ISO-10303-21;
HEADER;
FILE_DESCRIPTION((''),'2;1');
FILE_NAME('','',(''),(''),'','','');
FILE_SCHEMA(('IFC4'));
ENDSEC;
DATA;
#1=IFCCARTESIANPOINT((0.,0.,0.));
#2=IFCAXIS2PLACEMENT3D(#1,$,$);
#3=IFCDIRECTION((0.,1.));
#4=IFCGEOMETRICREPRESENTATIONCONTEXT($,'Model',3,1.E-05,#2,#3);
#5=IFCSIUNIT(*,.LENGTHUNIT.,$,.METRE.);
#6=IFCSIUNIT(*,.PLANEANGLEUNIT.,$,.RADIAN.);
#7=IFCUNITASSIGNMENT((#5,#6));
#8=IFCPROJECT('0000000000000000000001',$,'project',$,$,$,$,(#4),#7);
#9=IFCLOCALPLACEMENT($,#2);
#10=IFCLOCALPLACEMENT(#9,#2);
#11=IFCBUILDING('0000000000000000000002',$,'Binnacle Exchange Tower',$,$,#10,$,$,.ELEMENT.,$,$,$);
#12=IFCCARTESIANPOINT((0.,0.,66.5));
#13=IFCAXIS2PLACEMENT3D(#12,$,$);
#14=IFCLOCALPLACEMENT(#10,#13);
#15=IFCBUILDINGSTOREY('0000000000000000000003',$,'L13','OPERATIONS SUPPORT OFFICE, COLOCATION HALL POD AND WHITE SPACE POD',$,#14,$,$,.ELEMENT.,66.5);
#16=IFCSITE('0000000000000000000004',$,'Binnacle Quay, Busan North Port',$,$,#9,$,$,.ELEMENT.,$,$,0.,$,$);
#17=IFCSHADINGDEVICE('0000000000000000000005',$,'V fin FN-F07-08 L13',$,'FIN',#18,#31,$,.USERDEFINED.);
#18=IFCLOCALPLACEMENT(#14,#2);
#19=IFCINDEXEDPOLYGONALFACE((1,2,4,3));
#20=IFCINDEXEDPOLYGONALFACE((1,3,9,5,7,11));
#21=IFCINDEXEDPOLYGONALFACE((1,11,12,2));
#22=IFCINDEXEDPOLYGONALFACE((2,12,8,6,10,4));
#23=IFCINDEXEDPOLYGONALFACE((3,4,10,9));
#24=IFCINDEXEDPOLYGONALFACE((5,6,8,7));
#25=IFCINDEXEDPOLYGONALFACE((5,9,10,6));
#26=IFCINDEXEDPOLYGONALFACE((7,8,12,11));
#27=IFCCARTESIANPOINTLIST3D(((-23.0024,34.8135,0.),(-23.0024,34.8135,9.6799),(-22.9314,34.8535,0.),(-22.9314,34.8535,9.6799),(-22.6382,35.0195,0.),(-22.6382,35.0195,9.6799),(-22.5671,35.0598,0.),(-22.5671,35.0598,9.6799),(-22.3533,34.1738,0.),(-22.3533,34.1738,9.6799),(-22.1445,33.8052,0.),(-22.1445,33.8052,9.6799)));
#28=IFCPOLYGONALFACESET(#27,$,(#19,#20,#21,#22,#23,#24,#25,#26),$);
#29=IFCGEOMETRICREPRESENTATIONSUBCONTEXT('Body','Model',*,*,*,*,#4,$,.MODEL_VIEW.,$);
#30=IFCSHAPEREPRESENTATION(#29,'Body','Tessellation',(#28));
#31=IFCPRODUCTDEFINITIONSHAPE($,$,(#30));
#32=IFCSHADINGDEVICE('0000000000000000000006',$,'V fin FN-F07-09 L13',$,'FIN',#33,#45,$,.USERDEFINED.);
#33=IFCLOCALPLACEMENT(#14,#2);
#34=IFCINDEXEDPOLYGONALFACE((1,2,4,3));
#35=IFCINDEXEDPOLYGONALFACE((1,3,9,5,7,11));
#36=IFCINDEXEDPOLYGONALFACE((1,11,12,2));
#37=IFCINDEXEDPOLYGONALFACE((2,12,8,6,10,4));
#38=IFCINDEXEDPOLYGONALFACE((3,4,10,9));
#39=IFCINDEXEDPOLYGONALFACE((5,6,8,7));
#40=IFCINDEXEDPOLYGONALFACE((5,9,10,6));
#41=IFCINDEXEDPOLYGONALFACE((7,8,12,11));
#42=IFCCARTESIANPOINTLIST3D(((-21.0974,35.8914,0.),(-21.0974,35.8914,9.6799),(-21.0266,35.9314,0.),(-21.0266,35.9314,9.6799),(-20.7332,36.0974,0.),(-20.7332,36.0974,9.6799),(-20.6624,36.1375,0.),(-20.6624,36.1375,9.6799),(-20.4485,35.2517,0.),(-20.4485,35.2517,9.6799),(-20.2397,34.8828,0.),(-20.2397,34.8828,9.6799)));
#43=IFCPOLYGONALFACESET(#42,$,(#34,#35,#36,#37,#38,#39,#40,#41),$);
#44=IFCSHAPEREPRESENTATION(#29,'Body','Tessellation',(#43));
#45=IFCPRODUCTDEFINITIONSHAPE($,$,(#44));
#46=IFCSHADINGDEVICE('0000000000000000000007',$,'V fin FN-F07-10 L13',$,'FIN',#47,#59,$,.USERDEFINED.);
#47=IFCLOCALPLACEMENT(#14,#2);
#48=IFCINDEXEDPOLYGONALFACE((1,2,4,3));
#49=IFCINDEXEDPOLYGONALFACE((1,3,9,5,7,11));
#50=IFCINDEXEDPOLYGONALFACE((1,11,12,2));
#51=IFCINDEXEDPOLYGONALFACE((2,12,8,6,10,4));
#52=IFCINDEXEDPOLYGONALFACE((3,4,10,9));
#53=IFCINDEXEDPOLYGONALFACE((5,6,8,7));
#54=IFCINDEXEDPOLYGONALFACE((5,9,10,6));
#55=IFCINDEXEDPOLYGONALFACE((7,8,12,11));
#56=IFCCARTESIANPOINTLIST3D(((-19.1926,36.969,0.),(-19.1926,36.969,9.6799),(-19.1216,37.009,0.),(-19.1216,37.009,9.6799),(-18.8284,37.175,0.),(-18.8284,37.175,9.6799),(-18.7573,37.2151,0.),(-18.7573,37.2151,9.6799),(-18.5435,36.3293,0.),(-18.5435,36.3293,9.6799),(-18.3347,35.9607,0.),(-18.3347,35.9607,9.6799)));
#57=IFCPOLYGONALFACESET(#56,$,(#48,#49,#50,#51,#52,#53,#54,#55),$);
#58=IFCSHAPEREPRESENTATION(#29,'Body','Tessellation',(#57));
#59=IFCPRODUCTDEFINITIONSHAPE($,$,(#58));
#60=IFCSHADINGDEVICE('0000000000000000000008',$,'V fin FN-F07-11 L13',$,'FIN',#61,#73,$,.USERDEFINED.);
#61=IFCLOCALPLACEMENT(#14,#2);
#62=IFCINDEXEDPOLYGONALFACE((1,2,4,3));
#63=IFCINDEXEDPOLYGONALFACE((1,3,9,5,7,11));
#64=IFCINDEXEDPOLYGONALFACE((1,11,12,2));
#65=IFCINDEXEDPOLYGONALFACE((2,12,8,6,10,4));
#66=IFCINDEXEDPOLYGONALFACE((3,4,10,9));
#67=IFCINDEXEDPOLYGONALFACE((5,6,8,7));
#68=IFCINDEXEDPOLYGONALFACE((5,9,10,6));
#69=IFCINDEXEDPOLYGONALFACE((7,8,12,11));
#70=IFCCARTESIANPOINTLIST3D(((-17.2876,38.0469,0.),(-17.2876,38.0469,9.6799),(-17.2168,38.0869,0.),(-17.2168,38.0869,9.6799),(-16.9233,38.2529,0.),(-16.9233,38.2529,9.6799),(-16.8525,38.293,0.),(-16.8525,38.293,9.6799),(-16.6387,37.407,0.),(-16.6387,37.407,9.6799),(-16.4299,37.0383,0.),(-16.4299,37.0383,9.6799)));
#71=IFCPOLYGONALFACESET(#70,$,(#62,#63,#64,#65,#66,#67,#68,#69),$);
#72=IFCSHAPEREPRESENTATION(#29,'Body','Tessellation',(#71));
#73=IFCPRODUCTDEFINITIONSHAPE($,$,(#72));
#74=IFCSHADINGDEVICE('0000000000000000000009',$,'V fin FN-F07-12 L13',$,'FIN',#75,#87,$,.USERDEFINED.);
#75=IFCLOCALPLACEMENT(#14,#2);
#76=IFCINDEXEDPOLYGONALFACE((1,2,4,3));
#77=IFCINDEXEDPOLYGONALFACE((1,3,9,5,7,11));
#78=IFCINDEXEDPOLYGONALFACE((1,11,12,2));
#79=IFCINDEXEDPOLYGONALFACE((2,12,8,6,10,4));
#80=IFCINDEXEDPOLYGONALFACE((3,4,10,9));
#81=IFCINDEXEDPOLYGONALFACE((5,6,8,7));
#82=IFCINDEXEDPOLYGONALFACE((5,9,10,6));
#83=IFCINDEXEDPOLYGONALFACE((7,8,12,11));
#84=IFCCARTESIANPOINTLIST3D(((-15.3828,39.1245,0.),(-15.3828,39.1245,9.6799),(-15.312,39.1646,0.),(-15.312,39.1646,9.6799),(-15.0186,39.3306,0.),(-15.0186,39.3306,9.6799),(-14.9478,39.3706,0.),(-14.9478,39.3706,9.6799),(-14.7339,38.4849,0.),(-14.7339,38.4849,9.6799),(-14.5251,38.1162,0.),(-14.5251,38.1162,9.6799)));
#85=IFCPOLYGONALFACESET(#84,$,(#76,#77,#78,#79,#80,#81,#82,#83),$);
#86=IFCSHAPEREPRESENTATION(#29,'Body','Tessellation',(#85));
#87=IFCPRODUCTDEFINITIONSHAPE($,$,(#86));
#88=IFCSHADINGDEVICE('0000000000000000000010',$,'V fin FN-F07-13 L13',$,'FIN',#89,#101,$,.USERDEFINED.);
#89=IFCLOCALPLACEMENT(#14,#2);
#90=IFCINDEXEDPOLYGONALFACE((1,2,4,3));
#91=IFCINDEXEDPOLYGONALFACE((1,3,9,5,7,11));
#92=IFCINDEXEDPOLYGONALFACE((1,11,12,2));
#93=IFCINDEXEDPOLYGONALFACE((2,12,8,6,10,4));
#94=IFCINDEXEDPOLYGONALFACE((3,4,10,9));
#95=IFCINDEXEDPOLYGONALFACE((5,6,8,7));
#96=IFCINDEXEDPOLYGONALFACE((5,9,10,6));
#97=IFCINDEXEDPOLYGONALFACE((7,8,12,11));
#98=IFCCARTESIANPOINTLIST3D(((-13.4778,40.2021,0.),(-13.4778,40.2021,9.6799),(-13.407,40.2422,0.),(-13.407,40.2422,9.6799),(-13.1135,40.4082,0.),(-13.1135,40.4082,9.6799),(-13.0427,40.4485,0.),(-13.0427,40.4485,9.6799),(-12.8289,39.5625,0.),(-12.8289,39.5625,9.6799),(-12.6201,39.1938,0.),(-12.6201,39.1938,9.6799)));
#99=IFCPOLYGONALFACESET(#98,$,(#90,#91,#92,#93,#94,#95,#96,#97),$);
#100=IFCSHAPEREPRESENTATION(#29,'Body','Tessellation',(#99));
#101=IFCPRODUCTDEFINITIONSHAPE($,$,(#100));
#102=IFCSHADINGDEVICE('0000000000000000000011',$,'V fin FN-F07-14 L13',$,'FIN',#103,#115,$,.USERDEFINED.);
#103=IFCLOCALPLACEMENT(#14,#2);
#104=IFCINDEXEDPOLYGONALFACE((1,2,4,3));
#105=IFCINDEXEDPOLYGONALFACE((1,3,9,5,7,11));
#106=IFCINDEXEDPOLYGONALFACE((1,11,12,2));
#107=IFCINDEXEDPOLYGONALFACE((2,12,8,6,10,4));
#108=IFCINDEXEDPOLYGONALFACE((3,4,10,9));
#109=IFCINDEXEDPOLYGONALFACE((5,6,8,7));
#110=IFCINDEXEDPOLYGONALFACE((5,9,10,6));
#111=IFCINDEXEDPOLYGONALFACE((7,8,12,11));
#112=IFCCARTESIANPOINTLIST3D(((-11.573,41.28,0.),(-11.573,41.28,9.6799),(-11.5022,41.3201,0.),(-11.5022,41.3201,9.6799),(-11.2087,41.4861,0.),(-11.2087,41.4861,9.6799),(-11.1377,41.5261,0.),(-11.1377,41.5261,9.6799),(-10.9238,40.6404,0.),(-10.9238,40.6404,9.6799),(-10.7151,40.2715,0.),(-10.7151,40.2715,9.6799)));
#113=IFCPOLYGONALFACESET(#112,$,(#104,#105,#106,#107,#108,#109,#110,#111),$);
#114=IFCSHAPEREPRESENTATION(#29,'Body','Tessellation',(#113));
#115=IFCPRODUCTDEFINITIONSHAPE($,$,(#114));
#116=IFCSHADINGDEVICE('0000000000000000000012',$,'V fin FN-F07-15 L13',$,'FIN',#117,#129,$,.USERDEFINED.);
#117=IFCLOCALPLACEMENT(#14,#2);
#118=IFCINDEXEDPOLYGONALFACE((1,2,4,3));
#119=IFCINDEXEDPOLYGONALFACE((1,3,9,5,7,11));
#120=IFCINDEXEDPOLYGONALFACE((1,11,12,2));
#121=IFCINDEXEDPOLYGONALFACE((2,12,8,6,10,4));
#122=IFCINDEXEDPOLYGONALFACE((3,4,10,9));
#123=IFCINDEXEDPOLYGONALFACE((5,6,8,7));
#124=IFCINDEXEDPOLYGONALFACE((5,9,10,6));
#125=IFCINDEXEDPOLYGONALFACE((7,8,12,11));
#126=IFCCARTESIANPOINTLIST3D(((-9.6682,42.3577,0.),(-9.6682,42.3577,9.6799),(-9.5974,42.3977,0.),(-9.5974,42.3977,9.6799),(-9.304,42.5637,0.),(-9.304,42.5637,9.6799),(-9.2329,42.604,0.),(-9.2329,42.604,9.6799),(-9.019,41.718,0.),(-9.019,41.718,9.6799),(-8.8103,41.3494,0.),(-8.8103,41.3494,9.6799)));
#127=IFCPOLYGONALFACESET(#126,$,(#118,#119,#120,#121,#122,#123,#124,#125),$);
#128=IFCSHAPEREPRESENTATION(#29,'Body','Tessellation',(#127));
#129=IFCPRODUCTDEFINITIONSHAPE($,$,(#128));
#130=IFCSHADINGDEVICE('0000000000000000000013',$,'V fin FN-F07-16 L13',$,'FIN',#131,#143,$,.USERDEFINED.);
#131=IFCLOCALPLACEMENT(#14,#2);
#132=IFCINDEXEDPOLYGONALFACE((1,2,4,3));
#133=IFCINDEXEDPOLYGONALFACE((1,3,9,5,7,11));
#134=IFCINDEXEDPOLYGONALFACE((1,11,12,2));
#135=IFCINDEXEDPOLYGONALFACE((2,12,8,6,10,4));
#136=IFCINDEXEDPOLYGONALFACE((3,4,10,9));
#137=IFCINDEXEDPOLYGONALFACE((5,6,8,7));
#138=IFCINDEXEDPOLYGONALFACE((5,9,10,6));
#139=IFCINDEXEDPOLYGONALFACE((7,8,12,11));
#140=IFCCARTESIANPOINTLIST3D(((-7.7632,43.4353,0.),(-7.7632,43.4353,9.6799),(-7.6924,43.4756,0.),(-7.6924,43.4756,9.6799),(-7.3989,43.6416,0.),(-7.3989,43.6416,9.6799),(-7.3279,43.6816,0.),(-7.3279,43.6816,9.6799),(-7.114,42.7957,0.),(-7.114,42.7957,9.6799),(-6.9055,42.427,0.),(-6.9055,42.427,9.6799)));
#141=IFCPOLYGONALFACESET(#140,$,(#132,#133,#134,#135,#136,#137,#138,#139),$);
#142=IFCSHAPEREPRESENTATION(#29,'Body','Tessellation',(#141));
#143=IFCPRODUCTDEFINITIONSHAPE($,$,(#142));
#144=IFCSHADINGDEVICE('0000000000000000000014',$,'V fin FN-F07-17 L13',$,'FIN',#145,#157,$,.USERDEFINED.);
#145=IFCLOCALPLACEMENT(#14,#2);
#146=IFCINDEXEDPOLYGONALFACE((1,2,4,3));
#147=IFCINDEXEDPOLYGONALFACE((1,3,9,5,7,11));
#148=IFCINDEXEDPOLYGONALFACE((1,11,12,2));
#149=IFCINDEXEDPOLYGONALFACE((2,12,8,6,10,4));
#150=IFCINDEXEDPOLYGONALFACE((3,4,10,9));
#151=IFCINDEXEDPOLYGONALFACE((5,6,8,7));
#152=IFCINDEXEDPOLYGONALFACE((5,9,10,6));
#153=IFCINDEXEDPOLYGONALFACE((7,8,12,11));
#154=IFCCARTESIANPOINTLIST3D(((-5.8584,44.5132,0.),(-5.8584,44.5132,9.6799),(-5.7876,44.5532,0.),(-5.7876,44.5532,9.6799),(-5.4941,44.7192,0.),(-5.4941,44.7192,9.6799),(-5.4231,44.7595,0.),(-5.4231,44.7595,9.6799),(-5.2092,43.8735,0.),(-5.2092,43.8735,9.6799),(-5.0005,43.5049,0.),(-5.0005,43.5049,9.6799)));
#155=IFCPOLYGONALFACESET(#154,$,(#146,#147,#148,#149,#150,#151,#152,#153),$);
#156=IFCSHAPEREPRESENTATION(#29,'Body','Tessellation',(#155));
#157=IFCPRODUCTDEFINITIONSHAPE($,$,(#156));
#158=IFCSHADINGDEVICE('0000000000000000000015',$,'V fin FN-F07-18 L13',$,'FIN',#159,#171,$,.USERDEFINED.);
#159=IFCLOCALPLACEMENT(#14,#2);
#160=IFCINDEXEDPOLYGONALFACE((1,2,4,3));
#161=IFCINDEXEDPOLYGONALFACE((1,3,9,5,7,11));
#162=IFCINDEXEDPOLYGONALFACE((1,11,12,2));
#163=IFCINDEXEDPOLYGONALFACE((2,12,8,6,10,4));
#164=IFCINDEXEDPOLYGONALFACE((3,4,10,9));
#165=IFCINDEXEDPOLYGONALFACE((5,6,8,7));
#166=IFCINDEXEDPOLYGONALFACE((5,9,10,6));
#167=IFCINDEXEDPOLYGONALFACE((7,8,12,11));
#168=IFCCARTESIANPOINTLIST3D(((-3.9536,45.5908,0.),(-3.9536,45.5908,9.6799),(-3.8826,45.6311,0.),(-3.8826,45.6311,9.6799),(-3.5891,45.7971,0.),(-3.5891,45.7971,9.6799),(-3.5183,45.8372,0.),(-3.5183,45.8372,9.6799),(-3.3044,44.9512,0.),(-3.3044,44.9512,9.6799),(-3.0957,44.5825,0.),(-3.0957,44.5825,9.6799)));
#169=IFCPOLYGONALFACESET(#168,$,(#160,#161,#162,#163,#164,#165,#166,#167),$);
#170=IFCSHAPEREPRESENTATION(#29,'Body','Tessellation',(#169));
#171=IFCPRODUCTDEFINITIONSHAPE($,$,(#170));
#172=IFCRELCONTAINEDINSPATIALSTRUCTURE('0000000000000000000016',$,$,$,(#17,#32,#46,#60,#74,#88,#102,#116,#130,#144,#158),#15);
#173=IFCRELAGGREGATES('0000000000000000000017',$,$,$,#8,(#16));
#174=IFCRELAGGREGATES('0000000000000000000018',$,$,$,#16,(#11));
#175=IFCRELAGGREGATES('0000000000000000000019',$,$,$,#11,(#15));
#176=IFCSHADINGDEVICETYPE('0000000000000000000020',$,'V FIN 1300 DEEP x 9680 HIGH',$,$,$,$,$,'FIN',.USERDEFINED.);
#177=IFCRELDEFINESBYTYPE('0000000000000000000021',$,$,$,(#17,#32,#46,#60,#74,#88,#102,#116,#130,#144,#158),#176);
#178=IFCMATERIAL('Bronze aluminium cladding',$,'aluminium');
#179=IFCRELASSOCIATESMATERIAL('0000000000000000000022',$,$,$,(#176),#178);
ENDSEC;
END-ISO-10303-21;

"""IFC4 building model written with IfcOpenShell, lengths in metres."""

from ifc_helpers import new_model, si_unit, direction, frame, origin, place, context, subcontext, project, spatial, polyline, outline, extrude, material, type_object, element, save


model = new_model("IFC4")

# Units and contexts
model_context = context("Model", 3, precision=1e-05, world=origin(), true_north=direction((0.0, 1.0)))
body_context = subcontext(model_context, "Body", "Model", "MODEL_VIEW")
ifc_project = project(units=[si_unit("LENGTHUNIT", "METRE"), si_unit("PLANEANGLEUNIT", "RADIAN")], contexts=[model_context])

# Site, building, storey
site_placement = place(None, origin())
site = spatial("IfcSite", under=ifc_project, at=site_placement, Name="Binnacle Quay, Busan North Port", CompositionType="ELEMENT", RefElevation=0.0)
building_placement = place(site_placement, origin())
building = spatial("IfcBuilding", under=site, at=building_placement, Name="Binnacle Exchange Tower", CompositionType="ELEMENT")
storey_placement = place(building_placement, frame((0.0, 0.0, 66.5)))
storey = spatial("IfcBuildingStorey", under=building, at=storey_placement, Name="L13", Description="OPERATIONS SUPPORT OFFICE, COLOCATION HALL POD AND WHITE SPACE POD", CompositionType="ELEMENT", Elevation=66.5)

# Shading devices
ifc_material = material(Name="Bronze aluminium cladding", Category="aluminium")
shading_device_type = type_object("IfcShadingDeviceType", Name="V FIN 1300 DEEP x 9680 HIGH", ElementType="FIN", PredefinedType="USERDEFINED", material=ifc_material)
shading_device_1_placement = place(storey_placement, origin())
element("IfcShadingDevice", 1, at=shading_device_1_placement, inside=storey, type_object=shading_device_type, Name="V fin FN-F07-08 L13", ObjectType="FIN", PredefinedType="USERDEFINED", context=body_context, shape_type="SweptSolid", body=[
    extrude(outline(polyline([(-23.0024, 34.8135), (-22.1445, 33.8052), (-22.5671, 35.0598), (-22.6382, 35.0195), (-22.3533, 34.1738), (-22.9314, 34.8535), (-23.0024, 34.8135)])), origin(), (0.0, 0.0, 1.0), 9.6799),
])
shading_device_2_placement = place(storey_placement, origin())
element("IfcShadingDevice", 2, at=shading_device_2_placement, inside=storey, type_object=shading_device_type, Name="V fin FN-F07-09 L13", ObjectType="FIN", PredefinedType="USERDEFINED", context=body_context, shape_type="SweptSolid", body=[
    extrude(outline(polyline([(-21.0974, 35.8914), (-20.2397, 34.8828), (-20.6624, 36.1375), (-20.7332, 36.0974), (-20.4485, 35.2517), (-21.0266, 35.9314), (-21.0974, 35.8914)])), origin(), (0.0, 0.0, 1.0), 9.6799),
])
shading_device_3_placement = place(storey_placement, origin())
element("IfcShadingDevice", 3, at=shading_device_3_placement, inside=storey, type_object=shading_device_type, Name="V fin FN-F07-10 L13", ObjectType="FIN", PredefinedType="USERDEFINED", context=body_context, shape_type="SweptSolid", body=[
    extrude(outline(polyline([(-19.1926, 36.969), (-18.3347, 35.9607), (-18.7573, 37.2151), (-18.8284, 37.175), (-18.5435, 36.3293), (-19.1216, 37.009), (-19.1926, 36.969)])), origin(), (0.0, 0.0, 1.0), 9.6799),
])
shading_device_4_placement = place(storey_placement, origin())
element("IfcShadingDevice", 4, at=shading_device_4_placement, inside=storey, type_object=shading_device_type, Name="V fin FN-F07-11 L13", ObjectType="FIN", PredefinedType="USERDEFINED", context=body_context, shape_type="SweptSolid", body=[
    extrude(outline(polyline([(-17.2876, 38.0469), (-16.4299, 37.0383), (-16.8525, 38.293), (-16.9233, 38.2529), (-16.6387, 37.407), (-17.2168, 38.0869), (-17.2876, 38.0469)])), origin(), (0.0, 0.0, 1.0), 9.6799),
])
shading_device_5_placement = place(storey_placement, origin())
element("IfcShadingDevice", 5, at=shading_device_5_placement, inside=storey, type_object=shading_device_type, Name="V fin FN-F07-12 L13", ObjectType="FIN", PredefinedType="USERDEFINED", context=body_context, shape_type="SweptSolid", body=[
    extrude(outline(polyline([(-15.3828, 39.1245), (-14.5251, 38.1162), (-14.9478, 39.3706), (-15.0186, 39.3306), (-14.7339, 38.4849), (-15.312, 39.1646), (-15.3828, 39.1245)])), origin(), (0.0, 0.0, 1.0), 9.6799),
])
shading_device_6_placement = place(storey_placement, origin())
element("IfcShadingDevice", 6, at=shading_device_6_placement, inside=storey, type_object=shading_device_type, Name="V fin FN-F07-13 L13", ObjectType="FIN", PredefinedType="USERDEFINED", context=body_context, shape_type="SweptSolid", body=[
    extrude(outline(polyline([(-13.4778, 40.2021), (-12.6201, 39.1938), (-13.0427, 40.4485), (-13.1135, 40.4082), (-12.8289, 39.5625), (-13.407, 40.2422), (-13.4778, 40.2021)])), origin(), (0.0, 0.0, 1.0), 9.6799),
])
shading_device_7_placement = place(storey_placement, origin())
element("IfcShadingDevice", 7, at=shading_device_7_placement, inside=storey, type_object=shading_device_type, Name="V fin FN-F07-14 L13", ObjectType="FIN", PredefinedType="USERDEFINED", context=body_context, shape_type="SweptSolid", body=[
    extrude(outline(polyline([(-11.573, 41.28), (-10.7151, 40.2715), (-11.1377, 41.5261), (-11.2087, 41.4861), (-10.9238, 40.6404), (-11.5022, 41.3201), (-11.573, 41.28)])), origin(), (0.0, 0.0, 1.0), 9.6799),
])
shading_device_8_placement = place(storey_placement, origin())
element("IfcShadingDevice", 8, at=shading_device_8_placement, inside=storey, type_object=shading_device_type, Name="V fin FN-F07-15 L13", ObjectType="FIN", PredefinedType="USERDEFINED", context=body_context, shape_type="SweptSolid", body=[
    extrude(outline(polyline([(-9.6682, 42.3577), (-8.8103, 41.3494), (-9.2329, 42.604), (-9.304, 42.5637), (-9.019, 41.718), (-9.5974, 42.3977), (-9.6682, 42.3577)])), origin(), (0.0, 0.0, 1.0), 9.6799),
])
shading_device_9_placement = place(storey_placement, origin())
element("IfcShadingDevice", 9, at=shading_device_9_placement, inside=storey, type_object=shading_device_type, Name="V fin FN-F07-16 L13", ObjectType="FIN", PredefinedType="USERDEFINED", context=body_context, shape_type="SweptSolid", body=[
    extrude(outline(polyline([(-7.7632, 43.4353), (-6.9055, 42.427), (-7.3279, 43.6816), (-7.3989, 43.6416), (-7.114, 42.7957), (-7.6924, 43.4756), (-7.7632, 43.4353)])), origin(), (0.0, 0.0, 1.0), 9.6799),
])
shading_device_10_placement = place(storey_placement, origin())
element("IfcShadingDevice", 10, at=shading_device_10_placement, inside=storey, type_object=shading_device_type, Name="V fin FN-F07-17 L13", ObjectType="FIN", PredefinedType="USERDEFINED", context=body_context, shape_type="SweptSolid", body=[
    extrude(outline(polyline([(-5.8584, 44.5132), (-5.0005, 43.5049), (-5.4231, 44.7595), (-5.4941, 44.7192), (-5.2092, 43.8735), (-5.7876, 44.5532), (-5.8584, 44.5132)])), origin(), (0.0, 0.0, 1.0), 9.6799),
])
shading_device_11_placement = place(storey_placement, origin())
element("IfcShadingDevice", 11, at=shading_device_11_placement, inside=storey, type_object=shading_device_type, Name="V fin FN-F07-18 L13", ObjectType="FIN", PredefinedType="USERDEFINED", context=body_context, shape_type="SweptSolid", body=[
    extrude(outline(polyline([(-3.9536, 45.5908), (-3.0957, 44.5825), (-3.5183, 45.8372), (-3.5891, 45.7971), (-3.3044, 44.9512), (-3.8826, 45.6311), (-3.9536, 45.5908)])), origin(), (0.0, 0.0, 1.0), 9.6799),
])

save(model, "model.ifc")
